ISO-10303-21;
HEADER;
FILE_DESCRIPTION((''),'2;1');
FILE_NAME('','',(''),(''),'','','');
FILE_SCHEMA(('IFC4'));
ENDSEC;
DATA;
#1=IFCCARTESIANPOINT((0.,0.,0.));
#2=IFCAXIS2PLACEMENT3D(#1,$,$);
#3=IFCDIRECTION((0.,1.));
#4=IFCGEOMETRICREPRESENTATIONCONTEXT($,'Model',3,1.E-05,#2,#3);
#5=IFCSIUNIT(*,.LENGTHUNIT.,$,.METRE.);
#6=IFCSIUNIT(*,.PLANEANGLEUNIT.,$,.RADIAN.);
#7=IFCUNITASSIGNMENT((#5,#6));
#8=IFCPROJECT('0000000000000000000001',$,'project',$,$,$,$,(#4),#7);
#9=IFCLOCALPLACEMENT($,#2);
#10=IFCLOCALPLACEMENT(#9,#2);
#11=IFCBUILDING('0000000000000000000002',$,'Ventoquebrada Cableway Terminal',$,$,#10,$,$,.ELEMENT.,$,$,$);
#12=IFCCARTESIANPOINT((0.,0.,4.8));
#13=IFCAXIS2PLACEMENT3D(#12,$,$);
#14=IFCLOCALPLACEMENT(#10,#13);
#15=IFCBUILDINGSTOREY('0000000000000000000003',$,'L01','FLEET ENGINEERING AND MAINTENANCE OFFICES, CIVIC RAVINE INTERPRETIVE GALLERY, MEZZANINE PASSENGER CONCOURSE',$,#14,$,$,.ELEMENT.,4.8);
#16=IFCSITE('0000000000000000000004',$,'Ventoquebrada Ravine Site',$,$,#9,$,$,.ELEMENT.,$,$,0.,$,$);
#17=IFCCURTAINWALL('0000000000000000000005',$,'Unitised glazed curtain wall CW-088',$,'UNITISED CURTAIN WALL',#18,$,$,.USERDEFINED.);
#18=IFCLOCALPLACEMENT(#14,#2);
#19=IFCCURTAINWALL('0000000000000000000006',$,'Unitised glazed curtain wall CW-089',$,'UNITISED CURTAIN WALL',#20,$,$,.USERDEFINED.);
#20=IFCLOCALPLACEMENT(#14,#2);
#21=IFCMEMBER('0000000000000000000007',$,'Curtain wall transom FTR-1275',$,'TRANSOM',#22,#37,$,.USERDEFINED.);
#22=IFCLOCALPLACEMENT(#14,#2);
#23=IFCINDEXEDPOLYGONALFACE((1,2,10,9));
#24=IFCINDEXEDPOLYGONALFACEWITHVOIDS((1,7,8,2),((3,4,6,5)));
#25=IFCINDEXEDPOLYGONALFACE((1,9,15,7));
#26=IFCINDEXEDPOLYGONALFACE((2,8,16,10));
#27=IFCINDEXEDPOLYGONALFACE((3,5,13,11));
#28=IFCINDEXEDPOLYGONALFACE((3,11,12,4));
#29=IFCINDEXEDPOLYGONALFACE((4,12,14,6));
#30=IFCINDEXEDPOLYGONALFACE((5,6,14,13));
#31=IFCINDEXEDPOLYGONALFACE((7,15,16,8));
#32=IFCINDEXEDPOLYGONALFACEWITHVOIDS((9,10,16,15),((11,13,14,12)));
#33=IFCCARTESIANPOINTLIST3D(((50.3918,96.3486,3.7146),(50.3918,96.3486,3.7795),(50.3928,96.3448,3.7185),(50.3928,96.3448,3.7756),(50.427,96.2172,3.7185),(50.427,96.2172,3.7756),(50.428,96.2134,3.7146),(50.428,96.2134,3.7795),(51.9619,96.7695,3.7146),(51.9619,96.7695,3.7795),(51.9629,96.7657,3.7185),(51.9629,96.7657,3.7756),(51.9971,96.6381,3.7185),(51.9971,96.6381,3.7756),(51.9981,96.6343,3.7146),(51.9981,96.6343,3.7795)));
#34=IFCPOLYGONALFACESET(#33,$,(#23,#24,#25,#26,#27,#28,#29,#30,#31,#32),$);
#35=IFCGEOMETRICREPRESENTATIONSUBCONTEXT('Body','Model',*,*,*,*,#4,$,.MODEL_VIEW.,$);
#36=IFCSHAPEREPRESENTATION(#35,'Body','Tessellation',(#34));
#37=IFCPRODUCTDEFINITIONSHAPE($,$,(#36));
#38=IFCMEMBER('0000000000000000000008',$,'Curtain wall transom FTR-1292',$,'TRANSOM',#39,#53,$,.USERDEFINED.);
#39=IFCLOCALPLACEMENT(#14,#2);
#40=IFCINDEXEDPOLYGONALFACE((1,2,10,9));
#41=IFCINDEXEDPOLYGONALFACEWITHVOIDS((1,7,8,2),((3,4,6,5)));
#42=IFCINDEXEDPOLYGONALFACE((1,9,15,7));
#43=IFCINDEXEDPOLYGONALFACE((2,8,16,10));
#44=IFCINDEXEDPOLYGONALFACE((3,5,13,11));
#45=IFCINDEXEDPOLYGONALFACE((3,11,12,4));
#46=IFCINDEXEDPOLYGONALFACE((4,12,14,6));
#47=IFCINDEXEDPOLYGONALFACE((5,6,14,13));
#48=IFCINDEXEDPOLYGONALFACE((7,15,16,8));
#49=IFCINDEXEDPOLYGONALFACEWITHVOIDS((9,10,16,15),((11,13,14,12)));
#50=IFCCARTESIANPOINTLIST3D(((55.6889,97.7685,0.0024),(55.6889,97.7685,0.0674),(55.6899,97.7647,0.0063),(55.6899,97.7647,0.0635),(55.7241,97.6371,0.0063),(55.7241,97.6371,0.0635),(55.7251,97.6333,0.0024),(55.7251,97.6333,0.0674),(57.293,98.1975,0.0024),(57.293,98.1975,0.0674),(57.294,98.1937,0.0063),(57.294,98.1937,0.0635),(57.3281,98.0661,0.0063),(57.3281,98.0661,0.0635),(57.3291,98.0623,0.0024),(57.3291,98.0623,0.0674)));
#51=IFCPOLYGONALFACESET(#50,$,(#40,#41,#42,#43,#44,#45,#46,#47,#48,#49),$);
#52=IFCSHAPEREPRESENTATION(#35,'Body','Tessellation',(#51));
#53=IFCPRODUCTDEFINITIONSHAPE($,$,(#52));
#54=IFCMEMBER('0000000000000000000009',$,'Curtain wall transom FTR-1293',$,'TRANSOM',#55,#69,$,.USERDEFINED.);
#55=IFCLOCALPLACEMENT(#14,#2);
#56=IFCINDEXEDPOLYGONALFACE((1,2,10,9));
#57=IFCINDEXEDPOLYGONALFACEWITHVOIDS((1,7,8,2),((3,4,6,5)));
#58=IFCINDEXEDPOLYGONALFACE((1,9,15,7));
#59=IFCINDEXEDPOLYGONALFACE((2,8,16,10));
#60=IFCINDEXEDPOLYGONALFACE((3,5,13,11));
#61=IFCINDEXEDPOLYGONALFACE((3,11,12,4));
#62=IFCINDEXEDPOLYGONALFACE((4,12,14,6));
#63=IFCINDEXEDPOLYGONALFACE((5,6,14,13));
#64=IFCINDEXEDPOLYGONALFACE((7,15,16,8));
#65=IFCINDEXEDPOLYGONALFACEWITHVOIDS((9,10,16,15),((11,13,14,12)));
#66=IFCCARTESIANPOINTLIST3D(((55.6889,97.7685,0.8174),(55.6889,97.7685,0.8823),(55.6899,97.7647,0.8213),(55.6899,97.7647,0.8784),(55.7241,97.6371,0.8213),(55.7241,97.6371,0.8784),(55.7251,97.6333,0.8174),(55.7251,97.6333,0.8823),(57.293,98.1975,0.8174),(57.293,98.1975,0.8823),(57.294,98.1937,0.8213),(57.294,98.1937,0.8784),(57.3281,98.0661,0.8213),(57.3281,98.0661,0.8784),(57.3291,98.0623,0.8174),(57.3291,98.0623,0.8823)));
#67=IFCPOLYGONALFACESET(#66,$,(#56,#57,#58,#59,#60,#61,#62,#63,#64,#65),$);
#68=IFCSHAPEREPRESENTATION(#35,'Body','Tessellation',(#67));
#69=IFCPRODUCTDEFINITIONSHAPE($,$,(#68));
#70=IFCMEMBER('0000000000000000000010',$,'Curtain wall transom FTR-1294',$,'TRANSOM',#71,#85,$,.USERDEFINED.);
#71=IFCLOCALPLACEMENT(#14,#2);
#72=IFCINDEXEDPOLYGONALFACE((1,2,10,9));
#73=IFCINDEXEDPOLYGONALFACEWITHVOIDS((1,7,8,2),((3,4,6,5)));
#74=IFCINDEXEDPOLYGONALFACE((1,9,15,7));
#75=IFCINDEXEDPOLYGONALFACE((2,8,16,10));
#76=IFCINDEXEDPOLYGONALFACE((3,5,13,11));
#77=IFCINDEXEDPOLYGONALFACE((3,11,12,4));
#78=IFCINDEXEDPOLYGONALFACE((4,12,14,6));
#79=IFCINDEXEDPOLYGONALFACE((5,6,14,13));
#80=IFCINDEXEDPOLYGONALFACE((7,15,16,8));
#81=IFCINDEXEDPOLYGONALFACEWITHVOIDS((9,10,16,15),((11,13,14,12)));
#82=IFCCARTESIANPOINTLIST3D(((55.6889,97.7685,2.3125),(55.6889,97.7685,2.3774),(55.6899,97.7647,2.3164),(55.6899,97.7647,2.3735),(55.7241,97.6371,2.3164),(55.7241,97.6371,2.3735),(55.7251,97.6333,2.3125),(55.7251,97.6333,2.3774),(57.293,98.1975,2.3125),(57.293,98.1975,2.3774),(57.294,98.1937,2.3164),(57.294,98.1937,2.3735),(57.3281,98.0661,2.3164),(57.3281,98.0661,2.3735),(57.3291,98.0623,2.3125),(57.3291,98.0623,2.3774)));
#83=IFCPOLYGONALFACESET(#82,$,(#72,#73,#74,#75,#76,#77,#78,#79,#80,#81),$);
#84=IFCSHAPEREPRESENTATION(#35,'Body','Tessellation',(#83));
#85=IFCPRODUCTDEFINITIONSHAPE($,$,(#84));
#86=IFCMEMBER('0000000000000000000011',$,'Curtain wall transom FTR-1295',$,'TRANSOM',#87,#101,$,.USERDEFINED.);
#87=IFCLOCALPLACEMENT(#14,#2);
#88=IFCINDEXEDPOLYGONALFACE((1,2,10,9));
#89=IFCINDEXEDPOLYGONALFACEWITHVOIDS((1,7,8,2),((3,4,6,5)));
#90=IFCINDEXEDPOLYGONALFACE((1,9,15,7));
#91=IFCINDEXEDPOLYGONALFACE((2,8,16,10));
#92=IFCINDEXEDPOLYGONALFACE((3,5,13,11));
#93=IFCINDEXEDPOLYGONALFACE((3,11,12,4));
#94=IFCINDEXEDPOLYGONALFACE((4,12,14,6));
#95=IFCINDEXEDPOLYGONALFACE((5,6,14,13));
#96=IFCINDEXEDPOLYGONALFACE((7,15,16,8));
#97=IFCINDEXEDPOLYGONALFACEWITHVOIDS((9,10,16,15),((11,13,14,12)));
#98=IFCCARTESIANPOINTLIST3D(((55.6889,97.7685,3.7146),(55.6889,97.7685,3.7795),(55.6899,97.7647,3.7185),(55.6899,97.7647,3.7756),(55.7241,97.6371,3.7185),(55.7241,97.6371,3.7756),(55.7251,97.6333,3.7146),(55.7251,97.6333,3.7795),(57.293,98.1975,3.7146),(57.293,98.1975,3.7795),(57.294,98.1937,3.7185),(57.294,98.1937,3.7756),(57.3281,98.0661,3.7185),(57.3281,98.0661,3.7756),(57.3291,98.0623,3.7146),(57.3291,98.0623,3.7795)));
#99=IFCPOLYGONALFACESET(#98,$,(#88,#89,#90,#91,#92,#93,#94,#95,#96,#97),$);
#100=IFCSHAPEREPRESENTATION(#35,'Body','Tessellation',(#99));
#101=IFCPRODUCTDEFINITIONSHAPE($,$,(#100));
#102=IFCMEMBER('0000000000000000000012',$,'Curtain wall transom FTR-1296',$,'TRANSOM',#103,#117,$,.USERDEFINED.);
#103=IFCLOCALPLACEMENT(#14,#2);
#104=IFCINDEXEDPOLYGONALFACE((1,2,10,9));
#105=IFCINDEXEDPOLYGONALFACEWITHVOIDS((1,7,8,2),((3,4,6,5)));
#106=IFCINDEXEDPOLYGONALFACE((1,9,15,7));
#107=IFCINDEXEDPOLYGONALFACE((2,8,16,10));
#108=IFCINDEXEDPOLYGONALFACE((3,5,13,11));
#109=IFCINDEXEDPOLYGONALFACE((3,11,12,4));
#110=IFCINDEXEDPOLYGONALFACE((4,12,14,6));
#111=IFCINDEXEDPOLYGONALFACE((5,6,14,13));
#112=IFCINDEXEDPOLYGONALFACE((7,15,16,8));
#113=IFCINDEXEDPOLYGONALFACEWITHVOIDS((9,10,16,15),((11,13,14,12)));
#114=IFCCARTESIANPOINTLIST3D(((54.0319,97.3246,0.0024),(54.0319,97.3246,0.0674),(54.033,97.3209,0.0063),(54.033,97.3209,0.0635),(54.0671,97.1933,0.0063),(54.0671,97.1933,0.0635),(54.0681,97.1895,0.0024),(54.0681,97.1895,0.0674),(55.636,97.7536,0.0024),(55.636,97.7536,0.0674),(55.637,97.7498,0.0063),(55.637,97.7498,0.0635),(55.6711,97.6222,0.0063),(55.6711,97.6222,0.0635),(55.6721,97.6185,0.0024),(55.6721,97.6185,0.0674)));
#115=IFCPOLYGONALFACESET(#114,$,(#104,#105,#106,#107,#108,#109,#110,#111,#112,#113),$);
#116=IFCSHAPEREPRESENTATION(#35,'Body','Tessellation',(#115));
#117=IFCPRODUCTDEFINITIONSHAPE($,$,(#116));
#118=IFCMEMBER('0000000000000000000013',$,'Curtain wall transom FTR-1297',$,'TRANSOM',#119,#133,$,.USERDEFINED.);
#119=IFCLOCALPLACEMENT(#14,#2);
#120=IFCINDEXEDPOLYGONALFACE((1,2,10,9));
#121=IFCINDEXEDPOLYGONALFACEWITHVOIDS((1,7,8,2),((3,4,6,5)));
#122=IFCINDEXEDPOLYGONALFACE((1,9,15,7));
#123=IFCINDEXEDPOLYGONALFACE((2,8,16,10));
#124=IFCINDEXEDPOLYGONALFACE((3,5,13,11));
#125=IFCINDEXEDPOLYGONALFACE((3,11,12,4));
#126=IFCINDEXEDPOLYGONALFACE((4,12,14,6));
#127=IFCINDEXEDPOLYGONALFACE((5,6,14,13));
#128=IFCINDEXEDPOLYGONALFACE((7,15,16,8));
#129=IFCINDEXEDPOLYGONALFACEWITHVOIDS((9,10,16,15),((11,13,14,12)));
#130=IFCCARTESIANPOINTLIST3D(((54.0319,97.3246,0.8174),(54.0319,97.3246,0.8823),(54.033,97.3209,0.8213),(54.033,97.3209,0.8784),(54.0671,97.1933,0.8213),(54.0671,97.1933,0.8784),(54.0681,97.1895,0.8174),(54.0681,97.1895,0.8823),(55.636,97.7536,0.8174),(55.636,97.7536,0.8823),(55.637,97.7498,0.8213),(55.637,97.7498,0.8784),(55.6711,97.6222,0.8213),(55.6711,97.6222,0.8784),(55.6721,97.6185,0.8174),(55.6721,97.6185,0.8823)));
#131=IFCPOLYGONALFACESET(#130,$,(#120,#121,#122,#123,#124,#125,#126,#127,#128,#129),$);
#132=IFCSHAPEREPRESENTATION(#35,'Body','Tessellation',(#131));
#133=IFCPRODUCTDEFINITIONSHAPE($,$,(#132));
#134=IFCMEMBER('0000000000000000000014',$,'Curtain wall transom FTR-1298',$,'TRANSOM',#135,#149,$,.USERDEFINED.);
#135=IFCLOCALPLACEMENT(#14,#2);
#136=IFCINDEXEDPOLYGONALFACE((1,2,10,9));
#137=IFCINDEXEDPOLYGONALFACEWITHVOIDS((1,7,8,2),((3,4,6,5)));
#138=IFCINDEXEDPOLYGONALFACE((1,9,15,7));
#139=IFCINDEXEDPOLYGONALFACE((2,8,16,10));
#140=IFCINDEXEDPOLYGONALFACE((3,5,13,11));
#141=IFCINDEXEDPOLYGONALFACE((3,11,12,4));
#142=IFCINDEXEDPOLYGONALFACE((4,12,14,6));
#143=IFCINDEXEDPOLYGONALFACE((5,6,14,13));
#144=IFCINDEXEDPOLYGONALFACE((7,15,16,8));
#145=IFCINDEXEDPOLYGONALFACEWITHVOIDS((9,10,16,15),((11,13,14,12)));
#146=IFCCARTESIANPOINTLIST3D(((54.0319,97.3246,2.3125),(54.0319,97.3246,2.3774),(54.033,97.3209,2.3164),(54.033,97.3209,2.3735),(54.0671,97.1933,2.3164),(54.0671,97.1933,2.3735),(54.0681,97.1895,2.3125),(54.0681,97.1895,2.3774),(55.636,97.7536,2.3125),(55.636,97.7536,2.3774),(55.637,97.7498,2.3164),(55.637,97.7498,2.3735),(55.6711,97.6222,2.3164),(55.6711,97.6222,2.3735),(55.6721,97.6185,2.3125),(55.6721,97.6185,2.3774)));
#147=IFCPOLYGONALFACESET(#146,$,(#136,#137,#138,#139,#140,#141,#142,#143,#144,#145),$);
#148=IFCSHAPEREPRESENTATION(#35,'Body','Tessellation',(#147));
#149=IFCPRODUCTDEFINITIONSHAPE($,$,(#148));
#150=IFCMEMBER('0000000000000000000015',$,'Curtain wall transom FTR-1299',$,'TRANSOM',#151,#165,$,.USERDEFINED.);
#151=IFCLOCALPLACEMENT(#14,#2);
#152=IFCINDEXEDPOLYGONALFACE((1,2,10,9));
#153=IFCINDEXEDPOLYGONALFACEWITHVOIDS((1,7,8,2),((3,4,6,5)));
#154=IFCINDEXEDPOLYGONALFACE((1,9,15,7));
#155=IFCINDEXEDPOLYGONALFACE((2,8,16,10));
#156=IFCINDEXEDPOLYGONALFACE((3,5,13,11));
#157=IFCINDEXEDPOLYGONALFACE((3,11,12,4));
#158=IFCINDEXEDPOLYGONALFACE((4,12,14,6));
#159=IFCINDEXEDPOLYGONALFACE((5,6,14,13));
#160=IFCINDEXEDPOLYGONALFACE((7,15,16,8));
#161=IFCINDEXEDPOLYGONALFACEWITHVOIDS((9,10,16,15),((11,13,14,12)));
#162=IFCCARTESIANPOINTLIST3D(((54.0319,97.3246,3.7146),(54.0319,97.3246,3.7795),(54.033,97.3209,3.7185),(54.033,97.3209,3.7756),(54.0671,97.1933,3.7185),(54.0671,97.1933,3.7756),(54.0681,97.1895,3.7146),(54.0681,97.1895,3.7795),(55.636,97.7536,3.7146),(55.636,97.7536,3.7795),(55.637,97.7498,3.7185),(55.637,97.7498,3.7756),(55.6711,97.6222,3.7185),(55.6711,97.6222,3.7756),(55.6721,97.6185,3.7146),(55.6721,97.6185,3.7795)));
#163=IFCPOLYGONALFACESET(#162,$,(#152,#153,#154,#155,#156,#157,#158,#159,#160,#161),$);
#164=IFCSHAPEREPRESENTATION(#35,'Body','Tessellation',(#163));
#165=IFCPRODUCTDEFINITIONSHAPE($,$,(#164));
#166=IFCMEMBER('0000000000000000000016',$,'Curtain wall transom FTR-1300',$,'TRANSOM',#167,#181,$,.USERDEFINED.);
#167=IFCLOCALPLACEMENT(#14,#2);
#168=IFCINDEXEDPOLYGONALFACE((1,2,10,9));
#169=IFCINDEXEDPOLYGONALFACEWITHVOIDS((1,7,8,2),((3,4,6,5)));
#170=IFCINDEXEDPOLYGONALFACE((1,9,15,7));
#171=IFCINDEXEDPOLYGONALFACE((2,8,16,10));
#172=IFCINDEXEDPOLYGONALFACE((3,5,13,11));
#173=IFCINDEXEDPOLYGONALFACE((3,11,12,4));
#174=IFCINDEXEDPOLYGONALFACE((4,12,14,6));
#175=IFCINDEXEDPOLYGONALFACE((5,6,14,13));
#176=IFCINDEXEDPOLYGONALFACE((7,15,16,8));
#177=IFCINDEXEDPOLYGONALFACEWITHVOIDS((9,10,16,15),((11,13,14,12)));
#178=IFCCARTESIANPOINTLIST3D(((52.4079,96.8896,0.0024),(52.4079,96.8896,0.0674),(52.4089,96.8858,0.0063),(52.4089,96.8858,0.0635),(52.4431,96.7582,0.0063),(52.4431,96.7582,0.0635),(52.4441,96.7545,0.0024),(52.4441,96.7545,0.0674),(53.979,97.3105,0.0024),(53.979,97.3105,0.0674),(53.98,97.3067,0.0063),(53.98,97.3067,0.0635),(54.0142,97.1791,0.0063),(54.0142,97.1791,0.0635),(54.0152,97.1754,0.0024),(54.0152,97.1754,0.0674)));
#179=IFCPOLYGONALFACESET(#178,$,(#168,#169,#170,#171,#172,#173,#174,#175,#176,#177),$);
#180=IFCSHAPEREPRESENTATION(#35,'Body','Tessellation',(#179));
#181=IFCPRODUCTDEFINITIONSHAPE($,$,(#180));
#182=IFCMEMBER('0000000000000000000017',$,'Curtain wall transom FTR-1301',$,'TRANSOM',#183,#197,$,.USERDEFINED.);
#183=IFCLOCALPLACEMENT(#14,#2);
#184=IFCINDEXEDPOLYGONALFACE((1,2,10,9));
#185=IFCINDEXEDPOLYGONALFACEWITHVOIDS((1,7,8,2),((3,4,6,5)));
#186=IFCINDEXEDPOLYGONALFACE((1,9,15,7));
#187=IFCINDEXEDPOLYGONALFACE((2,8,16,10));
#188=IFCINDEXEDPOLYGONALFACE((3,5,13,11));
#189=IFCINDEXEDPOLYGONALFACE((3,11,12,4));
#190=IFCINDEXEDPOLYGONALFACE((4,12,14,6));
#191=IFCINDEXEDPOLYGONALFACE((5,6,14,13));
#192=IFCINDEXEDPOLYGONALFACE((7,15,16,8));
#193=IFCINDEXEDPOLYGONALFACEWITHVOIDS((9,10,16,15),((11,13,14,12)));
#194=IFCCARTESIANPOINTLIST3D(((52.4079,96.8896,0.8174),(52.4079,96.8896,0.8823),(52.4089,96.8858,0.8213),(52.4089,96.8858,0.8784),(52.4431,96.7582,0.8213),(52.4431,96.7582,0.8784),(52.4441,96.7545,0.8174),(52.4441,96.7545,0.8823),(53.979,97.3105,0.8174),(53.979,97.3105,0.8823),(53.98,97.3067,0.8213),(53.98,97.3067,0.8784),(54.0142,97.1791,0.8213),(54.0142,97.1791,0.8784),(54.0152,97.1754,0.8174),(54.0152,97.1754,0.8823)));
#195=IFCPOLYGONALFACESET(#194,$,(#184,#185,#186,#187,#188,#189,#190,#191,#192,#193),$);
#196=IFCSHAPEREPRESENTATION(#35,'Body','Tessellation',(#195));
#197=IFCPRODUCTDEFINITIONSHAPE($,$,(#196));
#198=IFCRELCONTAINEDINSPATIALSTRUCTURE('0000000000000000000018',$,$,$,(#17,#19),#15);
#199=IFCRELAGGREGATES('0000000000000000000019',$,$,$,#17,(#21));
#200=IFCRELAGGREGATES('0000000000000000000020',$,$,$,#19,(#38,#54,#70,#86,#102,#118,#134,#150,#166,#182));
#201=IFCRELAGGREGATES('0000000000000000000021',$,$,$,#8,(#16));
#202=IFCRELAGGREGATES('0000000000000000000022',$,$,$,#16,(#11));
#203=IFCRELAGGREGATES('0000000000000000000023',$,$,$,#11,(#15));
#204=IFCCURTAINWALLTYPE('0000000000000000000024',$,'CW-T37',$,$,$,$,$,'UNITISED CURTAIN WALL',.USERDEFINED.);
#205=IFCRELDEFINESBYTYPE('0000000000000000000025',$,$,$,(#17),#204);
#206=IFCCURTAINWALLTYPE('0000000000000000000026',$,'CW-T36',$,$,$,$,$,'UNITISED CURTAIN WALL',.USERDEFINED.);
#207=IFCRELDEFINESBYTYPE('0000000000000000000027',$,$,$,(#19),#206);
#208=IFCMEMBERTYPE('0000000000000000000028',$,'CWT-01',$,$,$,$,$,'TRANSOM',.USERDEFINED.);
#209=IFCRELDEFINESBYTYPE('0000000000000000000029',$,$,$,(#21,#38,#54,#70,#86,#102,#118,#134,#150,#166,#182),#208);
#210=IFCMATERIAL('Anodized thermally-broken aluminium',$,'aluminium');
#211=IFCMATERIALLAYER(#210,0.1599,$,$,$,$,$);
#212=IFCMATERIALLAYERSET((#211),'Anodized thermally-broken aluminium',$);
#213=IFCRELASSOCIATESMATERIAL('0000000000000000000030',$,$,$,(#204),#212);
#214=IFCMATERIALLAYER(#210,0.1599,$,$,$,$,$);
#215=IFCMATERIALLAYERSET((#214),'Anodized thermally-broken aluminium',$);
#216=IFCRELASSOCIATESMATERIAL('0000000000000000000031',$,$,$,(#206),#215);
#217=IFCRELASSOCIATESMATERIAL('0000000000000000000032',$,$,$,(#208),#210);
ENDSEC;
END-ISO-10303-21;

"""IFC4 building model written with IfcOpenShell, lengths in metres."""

from ifc_helpers import new_model, si_unit, direction, frame, origin, origin_2d, place, context, subcontext, project, spatial, hollow_rectangle, extrude, material, layer, layer_set, material_profile, profile_set, type_object, element, aggregate, save


model = new_model("IFC4")

# Units and contexts
model_context = context("Model", 3, precision=1e-05, world=origin(), true_north=direction((0.0, 1.0)))
body_context = subcontext(model_context, "Body", "Model", "MODEL_VIEW")
ifc_project = project(units=[si_unit("LENGTHUNIT", "METRE"), si_unit("PLANEANGLEUNIT", "RADIAN")], contexts=[model_context])

# Site, building, storey
site_placement = place(None, origin())
site = spatial("IfcSite", under=ifc_project, at=site_placement, Name="Ventoquebrada Ravine Site", CompositionType="ELEMENT", RefElevation=0.0)
building_placement = place(site_placement, origin())
building = spatial("IfcBuilding", under=site, at=building_placement, Name="Ventoquebrada Cableway Terminal", CompositionType="ELEMENT")
storey_placement = place(building_placement, frame((0.0, 0.0, 4.8)))
storey = spatial("IfcBuildingStorey", under=building, at=storey_placement, Name="L01", Description="FLEET ENGINEERING AND MAINTENANCE OFFICES, CIVIC RAVINE INTERPRETIVE GALLERY, MEZZANINE PASSENGER CONCOURSE", CompositionType="ELEMENT", Elevation=4.8)

# Curtain wall
ifc_material_1 = material(Name="Anodized thermally-broken aluminium", Category="aluminium")
ifc_layer_1 = layer(ifc_material_1, 0.1599)
ifc_layer_set_1 = layer_set([ifc_layer_1], Name="Anodized thermally-broken aluminium")
curtain_wall_type_1 = type_object("IfcCurtainWallType", Name="CW-T37", ElementType="UNITISED CURTAIN WALL", PredefinedType="USERDEFINED", material=ifc_layer_set_1)
curtain_wall_1_placement = place(storey_placement, origin())
curtain_wall_1 = element("IfcCurtainWall", 1, at=curtain_wall_1_placement, inside=storey, type_object=curtain_wall_type_1, Name="Unitised glazed curtain wall CW-088", ObjectType="UNITISED CURTAIN WALL", PredefinedType="USERDEFINED")

# Curtain wall
ifc_layer_2 = layer(ifc_material_1, 0.1599)
ifc_layer_set_2 = layer_set([ifc_layer_2], Name="Anodized thermally-broken aluminium")
curtain_wall_type_2 = type_object("IfcCurtainWallType", Name="CW-T36", ElementType="UNITISED CURTAIN WALL", PredefinedType="USERDEFINED", material=ifc_layer_set_2)
curtain_wall_2_placement = place(storey_placement, origin())
curtain_wall_2 = element("IfcCurtainWall", 2, at=curtain_wall_2_placement, inside=storey, type_object=curtain_wall_type_2, Name="Unitised glazed curtain wall CW-089", ObjectType="UNITISED CURTAIN WALL", PredefinedType="USERDEFINED")

# Members
ifc_material_profile_1 = material_profile(ifc_material_1, hollow_rectangle(XDim=0.0649, YDim=0.1399, WallThickness=0.0039, at=origin_2d()), Name="CW-TRN-65X140")
ifc_profile_set_1 = profile_set([ifc_material_profile_1], Name="Anodized thermally-broken aluminium")
member_type_1 = type_object("IfcMemberType", Name="CWT-01", ElementType="TRANSOM", PredefinedType="USERDEFINED", material=ifc_profile_set_1)
member_1_placement = place(storey_placement, frame((51.98, 96.7019, 3.7471), z_axis=(-0.965895, -0.258934, 0.0), x_axis=(0.0, 0.0, 1.0)))
member_1 = element("IfcMember", 3, at=member_1_placement, type_object=member_type_1, Name="Curtain wall transom FTR-1275", ObjectType="TRANSOM", PredefinedType="USERDEFINED", context=body_context, shape_type="SweptSolid", body=[
    extrude(hollow_rectangle(XDim=0.0649, YDim=0.1399, WallThickness=0.0039, at=origin_2d()), origin(), (0.0, 0.0, 1.0), 1.6255),
])
aggregate(curtain_wall_1, [member_1])
member_2_placement = place(storey_placement, frame((57.311, 98.1299, 0.0349), z_axis=(-0.966052, -0.258349, 0.0), x_axis=(0.0, 0.0, 1.0)))
member_2 = element("IfcMember", 4, at=member_2_placement, type_object=member_type_1, Name="Curtain wall transom FTR-1292", ObjectType="TRANSOM", PredefinedType="USERDEFINED", context=body_context, shape_type="SweptSolid", body=[
    extrude(hollow_rectangle(XDim=0.0649, YDim=0.1399, WallThickness=0.0039, at=origin_2d()), origin(), (0.0, 0.0, 1.0), 1.6604),
])
member_3_placement = place(storey_placement, frame((57.311, 98.1299, 0.8499), z_axis=(-0.966052, -0.258349, 0.0), x_axis=(0.0, 0.0, 1.0)))
member_3 = element("IfcMember", 5, at=member_3_placement, type_object=member_type_1, Name="Curtain wall transom FTR-1293", ObjectType="TRANSOM", PredefinedType="USERDEFINED", context=body_context, shape_type="SweptSolid", body=[
    extrude(hollow_rectangle(XDim=0.0649, YDim=0.1399, WallThickness=0.0039, at=origin_2d()), origin(), (0.0, 0.0, 1.0), 1.6604),
])
member_4_placement = place(storey_placement, frame((57.311, 98.1299, 2.345), z_axis=(-0.966052, -0.258349, 0.0), x_axis=(0.0, 0.0, 1.0)))
member_4 = element("IfcMember", 6, at=member_4_placement, type_object=member_type_1, Name="Curtain wall transom FTR-1294", ObjectType="TRANSOM", PredefinedType="USERDEFINED", context=body_context, shape_type="SweptSolid", body=[
    extrude(hollow_rectangle(XDim=0.0649, YDim=0.1399, WallThickness=0.0039, at=origin_2d()), origin(), (0.0, 0.0, 1.0), 1.6604),
])
member_5_placement = place(storey_placement, frame((57.311, 98.1299, 3.7471), z_axis=(-0.966052, -0.258349, 0.0), x_axis=(0.0, 0.0, 1.0)))
member_5 = element("IfcMember", 7, at=member_5_placement, type_object=member_type_1, Name="Curtain wall transom FTR-1295", ObjectType="TRANSOM", PredefinedType="USERDEFINED", context=body_context, shape_type="SweptSolid", body=[
    extrude(hollow_rectangle(XDim=0.0649, YDim=0.1399, WallThickness=0.0039, at=origin_2d()), origin(), (0.0, 0.0, 1.0), 1.6604),
])
member_6_placement = place(storey_placement, frame((55.6541, 97.686, 0.0349), z_axis=(-0.966052, -0.258349, 0.0), x_axis=(0.0, 0.0, 1.0)))
member_6 = element("IfcMember", 8, at=member_6_placement, type_object=member_type_1, Name="Curtain wall transom FTR-1296", ObjectType="TRANSOM", PredefinedType="USERDEFINED", context=body_context, shape_type="SweptSolid", body=[
    extrude(hollow_rectangle(XDim=0.0649, YDim=0.1399, WallThickness=0.0039, at=origin_2d()), origin(), (0.0, 0.0, 1.0), 1.6604),
])
member_7_placement = place(storey_placement, frame((55.6541, 97.686, 0.8499), z_axis=(-0.966052, -0.258349, 0.0), x_axis=(0.0, 0.0, 1.0)))
member_7 = element("IfcMember", 9, at=member_7_placement, type_object=member_type_1, Name="Curtain wall transom FTR-1297", ObjectType="TRANSOM", PredefinedType="USERDEFINED", context=body_context, shape_type="SweptSolid", body=[
    extrude(hollow_rectangle(XDim=0.0649, YDim=0.1399, WallThickness=0.0039, at=origin_2d()), origin(), (0.0, 0.0, 1.0), 1.6604),
])
member_8_placement = place(storey_placement, frame((55.6541, 97.686, 2.345), z_axis=(-0.966052, -0.258349, 0.0), x_axis=(0.0, 0.0, 1.0)))
member_8 = element("IfcMember", 10, at=member_8_placement, type_object=member_type_1, Name="Curtain wall transom FTR-1298", ObjectType="TRANSOM", PredefinedType="USERDEFINED", context=body_context, shape_type="SweptSolid", body=[
    extrude(hollow_rectangle(XDim=0.0649, YDim=0.1399, WallThickness=0.0039, at=origin_2d()), origin(), (0.0, 0.0, 1.0), 1.6604),
])
member_9_placement = place(storey_placement, frame((55.6541, 97.686, 3.7471), z_axis=(-0.966052, -0.258349, 0.0), x_axis=(0.0, 0.0, 1.0)))
member_9 = element("IfcMember", 11, at=member_9_placement, type_object=member_type_1, Name="Curtain wall transom FTR-1299", ObjectType="TRANSOM", PredefinedType="USERDEFINED", context=body_context, shape_type="SweptSolid", body=[
    extrude(hollow_rectangle(XDim=0.0649, YDim=0.1399, WallThickness=0.0039, at=origin_2d()), origin(), (0.0, 0.0, 1.0), 1.6604),
])
member_10_placement = place(storey_placement, frame((53.9971, 97.2429, 0.0349), z_axis=(-0.965935, -0.258784, 0.0), x_axis=(0.0, 0.0, 1.0)))
member_10 = element("IfcMember", 12, at=member_10_placement, type_object=member_type_1, Name="Curtain wall transom FTR-1300", ObjectType="TRANSOM", PredefinedType="USERDEFINED", context=body_context, shape_type="SweptSolid", body=[
    extrude(hollow_rectangle(XDim=0.0649, YDim=0.1399, WallThickness=0.0039, at=origin_2d()), origin(), (0.0, 0.0, 1.0), 1.6265),
])
member_11_placement = place(storey_placement, frame((53.9971, 97.2429, 0.8499), z_axis=(-0.965935, -0.258784, 0.0), x_axis=(0.0, 0.0, 1.0)))
member_11 = element("IfcMember", 13, at=member_11_placement, type_object=member_type_1, Name="Curtain wall transom FTR-1301", ObjectType="TRANSOM", PredefinedType="USERDEFINED", context=body_context, shape_type="SweptSolid", body=[
    extrude(hollow_rectangle(XDim=0.0649, YDim=0.1399, WallThickness=0.0039, at=origin_2d()), origin(), (0.0, 0.0, 1.0), 1.6265),
])

aggregate(curtain_wall_2, [member_2, member_3, member_4, member_5, member_6, member_7, member_8, member_9, member_10, member_11])

save(model, "model.ifc")
